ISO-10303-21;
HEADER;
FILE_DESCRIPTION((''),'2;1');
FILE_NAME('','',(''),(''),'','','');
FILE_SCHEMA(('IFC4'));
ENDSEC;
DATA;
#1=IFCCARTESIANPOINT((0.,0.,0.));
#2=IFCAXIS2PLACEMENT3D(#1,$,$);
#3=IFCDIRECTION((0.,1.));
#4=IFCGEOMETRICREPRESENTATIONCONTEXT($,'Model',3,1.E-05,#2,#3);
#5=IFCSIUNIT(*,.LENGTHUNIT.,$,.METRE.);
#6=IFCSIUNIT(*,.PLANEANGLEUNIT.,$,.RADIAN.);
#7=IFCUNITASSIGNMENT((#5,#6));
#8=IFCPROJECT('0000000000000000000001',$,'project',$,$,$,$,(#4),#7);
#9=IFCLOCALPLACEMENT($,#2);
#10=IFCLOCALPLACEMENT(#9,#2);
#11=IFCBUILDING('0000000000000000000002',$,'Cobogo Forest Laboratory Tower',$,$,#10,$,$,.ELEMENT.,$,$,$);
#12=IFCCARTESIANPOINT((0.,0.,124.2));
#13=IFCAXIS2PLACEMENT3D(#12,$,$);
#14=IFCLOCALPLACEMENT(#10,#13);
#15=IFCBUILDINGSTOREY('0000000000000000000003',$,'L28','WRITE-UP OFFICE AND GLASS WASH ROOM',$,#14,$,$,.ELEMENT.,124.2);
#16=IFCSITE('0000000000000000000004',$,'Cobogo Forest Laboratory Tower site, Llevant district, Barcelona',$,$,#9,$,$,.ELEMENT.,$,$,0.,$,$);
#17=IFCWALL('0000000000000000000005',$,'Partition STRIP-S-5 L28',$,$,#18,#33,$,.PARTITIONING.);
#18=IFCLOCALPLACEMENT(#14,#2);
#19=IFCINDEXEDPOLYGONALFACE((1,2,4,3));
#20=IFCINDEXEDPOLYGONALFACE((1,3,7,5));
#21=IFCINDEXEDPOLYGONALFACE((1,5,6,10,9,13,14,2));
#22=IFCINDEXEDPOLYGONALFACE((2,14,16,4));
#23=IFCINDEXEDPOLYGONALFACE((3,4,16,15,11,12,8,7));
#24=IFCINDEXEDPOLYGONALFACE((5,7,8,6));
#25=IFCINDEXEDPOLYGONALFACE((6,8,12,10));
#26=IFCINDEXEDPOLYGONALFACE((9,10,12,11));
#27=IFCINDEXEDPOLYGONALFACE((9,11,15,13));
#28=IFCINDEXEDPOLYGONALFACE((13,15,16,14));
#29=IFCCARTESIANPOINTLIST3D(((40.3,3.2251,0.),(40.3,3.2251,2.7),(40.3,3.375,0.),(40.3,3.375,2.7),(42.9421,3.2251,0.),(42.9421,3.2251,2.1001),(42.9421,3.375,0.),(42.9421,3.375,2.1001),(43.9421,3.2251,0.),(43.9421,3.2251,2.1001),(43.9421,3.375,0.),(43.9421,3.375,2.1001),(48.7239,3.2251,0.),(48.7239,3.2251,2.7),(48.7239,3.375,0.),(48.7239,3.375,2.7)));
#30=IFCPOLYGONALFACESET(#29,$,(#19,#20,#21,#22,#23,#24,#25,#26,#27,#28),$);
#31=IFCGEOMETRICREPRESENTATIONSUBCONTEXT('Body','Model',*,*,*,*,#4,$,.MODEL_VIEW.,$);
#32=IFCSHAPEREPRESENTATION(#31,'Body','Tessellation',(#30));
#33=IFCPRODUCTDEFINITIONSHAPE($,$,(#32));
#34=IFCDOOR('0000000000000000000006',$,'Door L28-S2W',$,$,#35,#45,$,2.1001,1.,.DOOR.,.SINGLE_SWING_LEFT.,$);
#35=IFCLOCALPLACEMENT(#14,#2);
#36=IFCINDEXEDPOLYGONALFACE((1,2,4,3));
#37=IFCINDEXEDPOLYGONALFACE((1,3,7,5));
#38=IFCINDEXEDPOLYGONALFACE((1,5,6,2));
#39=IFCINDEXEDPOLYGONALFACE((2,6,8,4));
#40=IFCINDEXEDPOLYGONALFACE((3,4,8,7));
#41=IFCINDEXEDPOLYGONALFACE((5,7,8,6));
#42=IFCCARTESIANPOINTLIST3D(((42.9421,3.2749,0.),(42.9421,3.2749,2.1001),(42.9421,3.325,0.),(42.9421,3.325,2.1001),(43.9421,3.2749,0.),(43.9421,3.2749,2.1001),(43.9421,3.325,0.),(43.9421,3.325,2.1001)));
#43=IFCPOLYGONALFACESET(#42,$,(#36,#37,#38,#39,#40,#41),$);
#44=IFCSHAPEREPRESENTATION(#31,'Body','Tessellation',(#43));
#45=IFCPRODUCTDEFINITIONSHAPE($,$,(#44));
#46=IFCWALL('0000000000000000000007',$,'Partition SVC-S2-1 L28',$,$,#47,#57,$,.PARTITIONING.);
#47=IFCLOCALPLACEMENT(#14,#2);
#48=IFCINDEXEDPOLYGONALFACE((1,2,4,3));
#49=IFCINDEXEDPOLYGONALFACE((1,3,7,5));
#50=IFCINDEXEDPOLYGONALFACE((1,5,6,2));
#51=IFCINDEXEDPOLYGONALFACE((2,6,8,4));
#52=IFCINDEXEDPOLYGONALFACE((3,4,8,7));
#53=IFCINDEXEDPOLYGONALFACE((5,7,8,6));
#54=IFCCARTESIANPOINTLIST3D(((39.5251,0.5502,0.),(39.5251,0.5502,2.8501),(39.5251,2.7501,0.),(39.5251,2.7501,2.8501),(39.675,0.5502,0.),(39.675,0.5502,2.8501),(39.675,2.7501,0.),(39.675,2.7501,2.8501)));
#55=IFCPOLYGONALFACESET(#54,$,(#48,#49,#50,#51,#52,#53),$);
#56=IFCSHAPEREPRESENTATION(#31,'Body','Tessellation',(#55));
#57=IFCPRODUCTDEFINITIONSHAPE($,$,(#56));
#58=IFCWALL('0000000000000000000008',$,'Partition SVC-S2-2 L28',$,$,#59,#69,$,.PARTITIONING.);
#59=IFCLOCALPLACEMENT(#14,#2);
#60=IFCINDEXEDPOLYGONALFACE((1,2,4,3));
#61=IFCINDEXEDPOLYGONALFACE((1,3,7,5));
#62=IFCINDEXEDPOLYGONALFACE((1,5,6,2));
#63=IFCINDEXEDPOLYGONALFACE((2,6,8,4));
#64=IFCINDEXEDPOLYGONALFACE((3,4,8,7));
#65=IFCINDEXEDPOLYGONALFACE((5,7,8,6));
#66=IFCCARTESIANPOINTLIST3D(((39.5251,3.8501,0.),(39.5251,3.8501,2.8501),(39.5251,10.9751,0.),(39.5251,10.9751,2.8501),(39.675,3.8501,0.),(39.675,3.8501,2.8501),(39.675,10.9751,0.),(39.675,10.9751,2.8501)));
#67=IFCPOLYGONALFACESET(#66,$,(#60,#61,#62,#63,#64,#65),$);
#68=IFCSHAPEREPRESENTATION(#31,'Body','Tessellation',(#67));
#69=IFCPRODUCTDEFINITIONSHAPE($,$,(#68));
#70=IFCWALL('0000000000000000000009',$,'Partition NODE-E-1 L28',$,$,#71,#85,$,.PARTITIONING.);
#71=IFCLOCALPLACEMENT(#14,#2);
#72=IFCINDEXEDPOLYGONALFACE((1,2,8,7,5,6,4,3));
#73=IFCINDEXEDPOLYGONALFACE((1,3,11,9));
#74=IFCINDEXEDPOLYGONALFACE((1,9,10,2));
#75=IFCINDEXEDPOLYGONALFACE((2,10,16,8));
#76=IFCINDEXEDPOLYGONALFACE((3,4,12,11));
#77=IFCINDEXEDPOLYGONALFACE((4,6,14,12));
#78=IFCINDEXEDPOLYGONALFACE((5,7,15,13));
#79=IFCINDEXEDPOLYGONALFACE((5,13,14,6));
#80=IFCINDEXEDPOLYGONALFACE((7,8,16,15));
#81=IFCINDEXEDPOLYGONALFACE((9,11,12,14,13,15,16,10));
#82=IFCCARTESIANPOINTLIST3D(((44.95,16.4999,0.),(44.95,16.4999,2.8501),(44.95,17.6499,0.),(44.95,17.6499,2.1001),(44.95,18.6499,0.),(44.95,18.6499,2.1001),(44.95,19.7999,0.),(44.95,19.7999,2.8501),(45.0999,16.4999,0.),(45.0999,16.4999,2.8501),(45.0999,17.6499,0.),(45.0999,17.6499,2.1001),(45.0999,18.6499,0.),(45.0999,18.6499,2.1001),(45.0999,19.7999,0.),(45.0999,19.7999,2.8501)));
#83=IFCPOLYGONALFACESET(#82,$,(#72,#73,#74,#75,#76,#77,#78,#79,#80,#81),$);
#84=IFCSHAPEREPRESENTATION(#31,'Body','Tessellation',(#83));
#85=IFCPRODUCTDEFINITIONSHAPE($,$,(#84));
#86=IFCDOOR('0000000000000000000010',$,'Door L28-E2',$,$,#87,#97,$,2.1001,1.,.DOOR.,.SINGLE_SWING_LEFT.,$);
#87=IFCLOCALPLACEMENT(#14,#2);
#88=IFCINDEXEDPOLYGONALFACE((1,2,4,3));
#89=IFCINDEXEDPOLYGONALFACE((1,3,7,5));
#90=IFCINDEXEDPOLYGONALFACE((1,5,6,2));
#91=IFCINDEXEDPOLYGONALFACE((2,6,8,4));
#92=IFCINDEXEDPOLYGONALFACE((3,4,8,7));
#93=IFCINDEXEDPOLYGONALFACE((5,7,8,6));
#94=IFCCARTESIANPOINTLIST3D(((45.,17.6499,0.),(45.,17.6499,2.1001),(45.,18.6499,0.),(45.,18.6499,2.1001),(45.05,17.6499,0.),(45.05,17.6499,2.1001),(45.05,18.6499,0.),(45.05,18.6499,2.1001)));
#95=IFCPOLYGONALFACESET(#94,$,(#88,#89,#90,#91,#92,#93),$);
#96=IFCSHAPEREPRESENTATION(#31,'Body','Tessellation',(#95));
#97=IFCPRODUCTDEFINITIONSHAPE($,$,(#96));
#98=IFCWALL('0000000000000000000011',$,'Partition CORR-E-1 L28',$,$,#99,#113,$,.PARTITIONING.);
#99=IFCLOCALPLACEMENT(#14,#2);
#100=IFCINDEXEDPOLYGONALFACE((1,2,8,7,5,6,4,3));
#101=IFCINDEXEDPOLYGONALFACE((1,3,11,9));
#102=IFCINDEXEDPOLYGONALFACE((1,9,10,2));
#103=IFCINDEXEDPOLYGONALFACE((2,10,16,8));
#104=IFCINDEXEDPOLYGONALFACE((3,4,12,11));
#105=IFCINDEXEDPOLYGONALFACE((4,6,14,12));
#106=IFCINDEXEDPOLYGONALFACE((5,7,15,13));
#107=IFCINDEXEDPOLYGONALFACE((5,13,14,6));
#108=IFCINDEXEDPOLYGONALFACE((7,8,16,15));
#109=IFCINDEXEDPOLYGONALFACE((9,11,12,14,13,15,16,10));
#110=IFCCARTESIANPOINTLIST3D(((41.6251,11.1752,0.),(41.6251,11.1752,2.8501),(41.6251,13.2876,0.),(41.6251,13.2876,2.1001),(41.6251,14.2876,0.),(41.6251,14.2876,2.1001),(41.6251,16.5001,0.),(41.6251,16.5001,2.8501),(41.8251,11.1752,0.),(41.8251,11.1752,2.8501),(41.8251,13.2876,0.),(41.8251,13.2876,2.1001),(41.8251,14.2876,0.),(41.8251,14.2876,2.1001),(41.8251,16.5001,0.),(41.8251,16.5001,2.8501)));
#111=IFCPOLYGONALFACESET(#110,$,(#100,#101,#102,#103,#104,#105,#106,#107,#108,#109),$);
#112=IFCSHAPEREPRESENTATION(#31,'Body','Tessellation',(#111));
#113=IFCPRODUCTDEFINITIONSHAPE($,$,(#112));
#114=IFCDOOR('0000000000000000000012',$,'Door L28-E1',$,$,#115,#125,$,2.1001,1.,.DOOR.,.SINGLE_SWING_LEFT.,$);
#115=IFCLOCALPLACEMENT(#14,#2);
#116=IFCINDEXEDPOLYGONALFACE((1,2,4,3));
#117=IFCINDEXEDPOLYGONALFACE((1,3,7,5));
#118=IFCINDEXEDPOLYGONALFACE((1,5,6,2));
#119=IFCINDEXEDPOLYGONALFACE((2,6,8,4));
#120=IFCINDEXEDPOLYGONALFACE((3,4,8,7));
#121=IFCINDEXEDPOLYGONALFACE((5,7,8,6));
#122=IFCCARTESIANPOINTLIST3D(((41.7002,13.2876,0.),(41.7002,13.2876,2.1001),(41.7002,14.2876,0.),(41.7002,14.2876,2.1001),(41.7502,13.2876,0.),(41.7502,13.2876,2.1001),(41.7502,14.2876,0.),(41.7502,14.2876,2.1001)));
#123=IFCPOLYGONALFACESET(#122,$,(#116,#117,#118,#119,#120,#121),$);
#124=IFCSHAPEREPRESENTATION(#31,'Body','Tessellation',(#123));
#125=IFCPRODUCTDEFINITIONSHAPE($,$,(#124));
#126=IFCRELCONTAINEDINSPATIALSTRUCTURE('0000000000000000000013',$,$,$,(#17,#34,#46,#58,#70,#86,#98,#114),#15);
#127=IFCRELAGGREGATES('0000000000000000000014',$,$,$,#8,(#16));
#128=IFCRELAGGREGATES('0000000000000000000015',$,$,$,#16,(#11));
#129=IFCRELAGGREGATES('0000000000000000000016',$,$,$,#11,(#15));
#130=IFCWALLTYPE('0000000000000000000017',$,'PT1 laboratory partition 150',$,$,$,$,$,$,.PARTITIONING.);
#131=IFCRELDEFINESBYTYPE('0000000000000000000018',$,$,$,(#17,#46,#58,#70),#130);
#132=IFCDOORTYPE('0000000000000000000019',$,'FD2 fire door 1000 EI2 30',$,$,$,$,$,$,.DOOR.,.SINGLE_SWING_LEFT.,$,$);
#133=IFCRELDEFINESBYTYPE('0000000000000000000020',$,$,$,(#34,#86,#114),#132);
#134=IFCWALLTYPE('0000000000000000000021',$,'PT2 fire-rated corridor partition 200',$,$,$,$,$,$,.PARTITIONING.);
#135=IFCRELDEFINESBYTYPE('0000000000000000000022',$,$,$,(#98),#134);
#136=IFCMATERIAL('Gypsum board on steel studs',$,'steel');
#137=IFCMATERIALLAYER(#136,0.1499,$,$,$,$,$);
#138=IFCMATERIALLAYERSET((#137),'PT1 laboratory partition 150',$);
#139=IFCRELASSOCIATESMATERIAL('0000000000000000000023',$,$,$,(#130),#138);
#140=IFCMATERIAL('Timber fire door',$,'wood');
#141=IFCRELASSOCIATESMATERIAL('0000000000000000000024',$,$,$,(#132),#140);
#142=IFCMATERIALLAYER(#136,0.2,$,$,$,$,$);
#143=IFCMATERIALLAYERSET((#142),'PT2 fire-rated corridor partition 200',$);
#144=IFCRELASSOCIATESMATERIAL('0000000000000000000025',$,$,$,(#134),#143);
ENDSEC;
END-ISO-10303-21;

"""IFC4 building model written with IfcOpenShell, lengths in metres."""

from ifc_helpers import new_model, si_unit, direction, frame, frame_2d, origin, place, context, subcontext, project, spatial, rectangle, extrude, material, layer, layer_set, type_object, element, fill, save


model = new_model("IFC4")

# Units and contexts
model_context = context("Model", 3, precision=1e-05, world=origin(), true_north=direction((0.0, 1.0)))
body_context = subcontext(model_context, "Body", "Model", "MODEL_VIEW")
ifc_project = project(units=[si_unit("LENGTHUNIT", "METRE"), si_unit("PLANEANGLEUNIT", "RADIAN")], contexts=[model_context])

# Site, building, storey
site_placement = place(None, origin())
site = spatial("IfcSite", under=ifc_project, at=site_placement, Name="Cobogo Forest Laboratory Tower site, Llevant district, Barcelona", CompositionType="ELEMENT", RefElevation=0.0)
building_placement = place(site_placement, origin())
building = spatial("IfcBuilding", under=site, at=building_placement, Name="Cobogo Forest Laboratory Tower", CompositionType="ELEMENT")
storey_placement = place(building_placement, frame((0.0, 0.0, 124.2)))
storey = spatial("IfcBuildingStorey", under=building, at=storey_placement, Name="L28", Description="WRITE-UP OFFICE AND GLASS WASH ROOM", CompositionType="ELEMENT", Elevation=124.2)

# Wall, opening, door
ifc_material_1 = material(Name="Gypsum board on steel studs", Category="steel")
ifc_layer_1 = layer(ifc_material_1, 0.1499)
ifc_layer_set_1 = layer_set([ifc_layer_1], Name="PT1 laboratory partition 150")
wall_type_1 = type_object("IfcWallType", Name="PT1 laboratory partition 150", PredefinedType="PARTITIONING", material=ifc_layer_set_1)
wall_1_placement = place(storey_placement, frame((40.3, 3.3, 0.0), z_axis=(0.0, 0.0, 1.0), x_axis=(1.0, 0.0, 0.0)))
wall_1 = element("IfcWall", 1, at=wall_1_placement, inside=storey, type_object=wall_type_1, Name="Partition STRIP-S-5 L28", PredefinedType="PARTITIONING", context=body_context, shape_type="SweptSolid", body=[
    extrude(rectangle(XDim=8.4238, YDim=0.1499, at=frame_2d((4.2119, 0.0))), origin(), (0.0, 0.0, 1.0), 2.7),
])
opening_1_placement = place(wall_1_placement, frame((2.6421, 0.0, 0.0)))
opening_1 = element("IfcOpeningElement", 2, at=opening_1_placement, cuts=wall_1, PredefinedType="OPENING", context=body_context, shape_type="SweptSolid", body=[
    extrude(rectangle(XDim=1.0, YDim=2.1001, at=frame_2d((0.5, 1.05))), frame((0.0, 0.085, 0.0), z_axis=(0.0, -1.0, 0.0), x_axis=(1.0, 0.0, 0.0)), (0.0, 0.0, 1.0), 0.1699),
])
ifc_material_2 = material(Name="Timber fire door", Category="wood")
door_type_1 = type_object("IfcDoorType", Name="FD2 fire door 1000 EI2 30", OperationType="SINGLE_SWING_LEFT", PredefinedType="DOOR", material=ifc_material_2)
door_1_placement = place(opening_1_placement, origin())
door_1 = element("IfcDoor", 3, at=door_1_placement, inside=storey, type_object=door_type_1, Name="Door L28-S2W", OperationType="SINGLE_SWING_LEFT", OverallHeight=2.1001, OverallWidth=1.0, PredefinedType="DOOR", context=body_context, shape_type="SweptSolid", body=[
    extrude(rectangle(XDim=1.0, YDim=2.1001, at=frame_2d((0.5, 1.05))), frame((0.0, 0.0249, 0.0), z_axis=(0.0, -1.0, 0.0), x_axis=(1.0, 0.0, 0.0)), (0.0, 0.0, 1.0), 0.05),
])
fill(opening_1, door_1)

# Walls
wall_2_placement = place(storey_placement, frame((39.6001, 0.55, 0.0), z_axis=(0.0, 0.0, 1.0), x_axis=(0.0, 1.0, 0.0)))
element("IfcWall", 4, at=wall_2_placement, inside=storey, type_object=wall_type_1, Name="Partition SVC-S2-1 L28", PredefinedType="PARTITIONING", context=body_context, shape_type="SweptSolid", body=[
    extrude(rectangle(XDim=2.2, YDim=0.1499, at=frame_2d((1.1001, 0.0))), origin(), (0.0, 0.0, 1.0), 2.8501),
])
wall_3_placement = place(storey_placement, frame((39.6001, 3.8501, 0.0), z_axis=(0.0, 0.0, 1.0), x_axis=(0.0, 1.0, 0.0)))
element("IfcWall", 5, at=wall_3_placement, inside=storey, type_object=wall_type_1, Name="Partition SVC-S2-2 L28", PredefinedType="PARTITIONING", context=body_context, shape_type="SweptSolid", body=[
    extrude(rectangle(XDim=7.125, YDim=0.1499, at=frame_2d((3.5625, 0.0))), origin(), (0.0, 0.0, 1.0), 2.8501),
])

# Walls, openings, doors
wall_4_placement = place(storey_placement, frame((45.0249, 16.5, 0.0), z_axis=(0.0, 0.0, 1.0), x_axis=(0.0, 1.0, 0.0)))
wall_4 = element("IfcWall", 6, at=wall_4_placement, inside=storey, type_object=wall_type_1, Name="Partition NODE-E-1 L28", PredefinedType="PARTITIONING", context=body_context, shape_type="SweptSolid", body=[
    extrude(rectangle(XDim=3.3, YDim=0.1499, at=frame_2d((1.6499, 0.0))), origin(), (0.0, 0.0, 1.0), 2.8501),
])
opening_2_placement = place(wall_4_placement, frame((1.1499, 0.0, 0.0)))
opening_2 = element("IfcOpeningElement", 7, at=opening_2_placement, cuts=wall_4, PredefinedType="OPENING", context=body_context, shape_type="SweptSolid", body=[
    extrude(rectangle(XDim=1.0, YDim=2.1001, at=frame_2d((0.5, 1.05))), frame((0.0, 0.085, 0.0), z_axis=(0.0, -1.0, 0.0), x_axis=(1.0, 0.0, 0.0)), (0.0, 0.0, 1.0), 0.1699),
])
door_2_placement = place(opening_2_placement, origin())
door_2 = element("IfcDoor", 8, at=door_2_placement, inside=storey, type_object=door_type_1, Name="Door L28-E2", OperationType="SINGLE_SWING_LEFT", OverallHeight=2.1001, OverallWidth=1.0, PredefinedType="DOOR", context=body_context, shape_type="SweptSolid", body=[
    extrude(rectangle(XDim=1.0, YDim=2.1001, at=frame_2d((0.5, 1.05))), frame((0.0, 0.0249, 0.0), z_axis=(0.0, -1.0, 0.0), x_axis=(1.0, 0.0, 0.0)), (0.0, 0.0, 1.0), 0.05),
])
fill(opening_2, door_2)
ifc_layer_2 = layer(ifc_material_1, 0.2)
ifc_layer_set_2 = layer_set([ifc_layer_2], Name="PT2 fire-rated corridor partition 200")
wall_type_2 = type_object("IfcWallType", Name="PT2 fire-rated corridor partition 200", PredefinedType="PARTITIONING", material=ifc_layer_set_2)
wall_5_placement = place(storey_placement, frame((41.7251, 11.175, 0.0), z_axis=(0.0, 0.0, 1.0), x_axis=(0.0, 1.0, 0.0)))
wall_5 = element("IfcWall", 9, at=wall_5_placement, inside=storey, type_object=wall_type_2, Name="Partition CORR-E-1 L28", PredefinedType="PARTITIONING", context=body_context, shape_type="SweptSolid", body=[
    extrude(rectangle(XDim=5.325, YDim=0.2, at=frame_2d((2.6626, 0.0))), origin(), (0.0, 0.0, 1.0), 2.8501),
])
opening_3_placement = place(wall_5_placement, frame((2.1125, 0.0, 0.0)))
opening_3 = element("IfcOpeningElement", 10, at=opening_3_placement, cuts=wall_5, PredefinedType="OPENING", context=body_context, shape_type="SweptSolid", body=[
    extrude(rectangle(XDim=1.0, YDim=2.1001, at=frame_2d((0.5, 1.05))), frame((0.0, 0.1099, 0.0), z_axis=(0.0, -1.0, 0.0), x_axis=(1.0, 0.0, 0.0)), (0.0, 0.0, 1.0), 0.22),
])
door_3_placement = place(opening_3_placement, origin())
door_3 = element("IfcDoor", 11, at=door_3_placement, inside=storey, type_object=door_type_1, Name="Door L28-E1", OperationType="SINGLE_SWING_LEFT", OverallHeight=2.1001, OverallWidth=1.0, PredefinedType="DOOR", context=body_context, shape_type="SweptSolid", body=[
    extrude(rectangle(XDim=1.0, YDim=2.1001, at=frame_2d((0.5, 1.05))), frame((0.0, 0.0249, 0.0), z_axis=(0.0, -1.0, 0.0), x_axis=(1.0, 0.0, 0.0)), (0.0, 0.0, 1.0), 0.05),
])
fill(opening_3, door_3)

save(model, "model.ifc")
